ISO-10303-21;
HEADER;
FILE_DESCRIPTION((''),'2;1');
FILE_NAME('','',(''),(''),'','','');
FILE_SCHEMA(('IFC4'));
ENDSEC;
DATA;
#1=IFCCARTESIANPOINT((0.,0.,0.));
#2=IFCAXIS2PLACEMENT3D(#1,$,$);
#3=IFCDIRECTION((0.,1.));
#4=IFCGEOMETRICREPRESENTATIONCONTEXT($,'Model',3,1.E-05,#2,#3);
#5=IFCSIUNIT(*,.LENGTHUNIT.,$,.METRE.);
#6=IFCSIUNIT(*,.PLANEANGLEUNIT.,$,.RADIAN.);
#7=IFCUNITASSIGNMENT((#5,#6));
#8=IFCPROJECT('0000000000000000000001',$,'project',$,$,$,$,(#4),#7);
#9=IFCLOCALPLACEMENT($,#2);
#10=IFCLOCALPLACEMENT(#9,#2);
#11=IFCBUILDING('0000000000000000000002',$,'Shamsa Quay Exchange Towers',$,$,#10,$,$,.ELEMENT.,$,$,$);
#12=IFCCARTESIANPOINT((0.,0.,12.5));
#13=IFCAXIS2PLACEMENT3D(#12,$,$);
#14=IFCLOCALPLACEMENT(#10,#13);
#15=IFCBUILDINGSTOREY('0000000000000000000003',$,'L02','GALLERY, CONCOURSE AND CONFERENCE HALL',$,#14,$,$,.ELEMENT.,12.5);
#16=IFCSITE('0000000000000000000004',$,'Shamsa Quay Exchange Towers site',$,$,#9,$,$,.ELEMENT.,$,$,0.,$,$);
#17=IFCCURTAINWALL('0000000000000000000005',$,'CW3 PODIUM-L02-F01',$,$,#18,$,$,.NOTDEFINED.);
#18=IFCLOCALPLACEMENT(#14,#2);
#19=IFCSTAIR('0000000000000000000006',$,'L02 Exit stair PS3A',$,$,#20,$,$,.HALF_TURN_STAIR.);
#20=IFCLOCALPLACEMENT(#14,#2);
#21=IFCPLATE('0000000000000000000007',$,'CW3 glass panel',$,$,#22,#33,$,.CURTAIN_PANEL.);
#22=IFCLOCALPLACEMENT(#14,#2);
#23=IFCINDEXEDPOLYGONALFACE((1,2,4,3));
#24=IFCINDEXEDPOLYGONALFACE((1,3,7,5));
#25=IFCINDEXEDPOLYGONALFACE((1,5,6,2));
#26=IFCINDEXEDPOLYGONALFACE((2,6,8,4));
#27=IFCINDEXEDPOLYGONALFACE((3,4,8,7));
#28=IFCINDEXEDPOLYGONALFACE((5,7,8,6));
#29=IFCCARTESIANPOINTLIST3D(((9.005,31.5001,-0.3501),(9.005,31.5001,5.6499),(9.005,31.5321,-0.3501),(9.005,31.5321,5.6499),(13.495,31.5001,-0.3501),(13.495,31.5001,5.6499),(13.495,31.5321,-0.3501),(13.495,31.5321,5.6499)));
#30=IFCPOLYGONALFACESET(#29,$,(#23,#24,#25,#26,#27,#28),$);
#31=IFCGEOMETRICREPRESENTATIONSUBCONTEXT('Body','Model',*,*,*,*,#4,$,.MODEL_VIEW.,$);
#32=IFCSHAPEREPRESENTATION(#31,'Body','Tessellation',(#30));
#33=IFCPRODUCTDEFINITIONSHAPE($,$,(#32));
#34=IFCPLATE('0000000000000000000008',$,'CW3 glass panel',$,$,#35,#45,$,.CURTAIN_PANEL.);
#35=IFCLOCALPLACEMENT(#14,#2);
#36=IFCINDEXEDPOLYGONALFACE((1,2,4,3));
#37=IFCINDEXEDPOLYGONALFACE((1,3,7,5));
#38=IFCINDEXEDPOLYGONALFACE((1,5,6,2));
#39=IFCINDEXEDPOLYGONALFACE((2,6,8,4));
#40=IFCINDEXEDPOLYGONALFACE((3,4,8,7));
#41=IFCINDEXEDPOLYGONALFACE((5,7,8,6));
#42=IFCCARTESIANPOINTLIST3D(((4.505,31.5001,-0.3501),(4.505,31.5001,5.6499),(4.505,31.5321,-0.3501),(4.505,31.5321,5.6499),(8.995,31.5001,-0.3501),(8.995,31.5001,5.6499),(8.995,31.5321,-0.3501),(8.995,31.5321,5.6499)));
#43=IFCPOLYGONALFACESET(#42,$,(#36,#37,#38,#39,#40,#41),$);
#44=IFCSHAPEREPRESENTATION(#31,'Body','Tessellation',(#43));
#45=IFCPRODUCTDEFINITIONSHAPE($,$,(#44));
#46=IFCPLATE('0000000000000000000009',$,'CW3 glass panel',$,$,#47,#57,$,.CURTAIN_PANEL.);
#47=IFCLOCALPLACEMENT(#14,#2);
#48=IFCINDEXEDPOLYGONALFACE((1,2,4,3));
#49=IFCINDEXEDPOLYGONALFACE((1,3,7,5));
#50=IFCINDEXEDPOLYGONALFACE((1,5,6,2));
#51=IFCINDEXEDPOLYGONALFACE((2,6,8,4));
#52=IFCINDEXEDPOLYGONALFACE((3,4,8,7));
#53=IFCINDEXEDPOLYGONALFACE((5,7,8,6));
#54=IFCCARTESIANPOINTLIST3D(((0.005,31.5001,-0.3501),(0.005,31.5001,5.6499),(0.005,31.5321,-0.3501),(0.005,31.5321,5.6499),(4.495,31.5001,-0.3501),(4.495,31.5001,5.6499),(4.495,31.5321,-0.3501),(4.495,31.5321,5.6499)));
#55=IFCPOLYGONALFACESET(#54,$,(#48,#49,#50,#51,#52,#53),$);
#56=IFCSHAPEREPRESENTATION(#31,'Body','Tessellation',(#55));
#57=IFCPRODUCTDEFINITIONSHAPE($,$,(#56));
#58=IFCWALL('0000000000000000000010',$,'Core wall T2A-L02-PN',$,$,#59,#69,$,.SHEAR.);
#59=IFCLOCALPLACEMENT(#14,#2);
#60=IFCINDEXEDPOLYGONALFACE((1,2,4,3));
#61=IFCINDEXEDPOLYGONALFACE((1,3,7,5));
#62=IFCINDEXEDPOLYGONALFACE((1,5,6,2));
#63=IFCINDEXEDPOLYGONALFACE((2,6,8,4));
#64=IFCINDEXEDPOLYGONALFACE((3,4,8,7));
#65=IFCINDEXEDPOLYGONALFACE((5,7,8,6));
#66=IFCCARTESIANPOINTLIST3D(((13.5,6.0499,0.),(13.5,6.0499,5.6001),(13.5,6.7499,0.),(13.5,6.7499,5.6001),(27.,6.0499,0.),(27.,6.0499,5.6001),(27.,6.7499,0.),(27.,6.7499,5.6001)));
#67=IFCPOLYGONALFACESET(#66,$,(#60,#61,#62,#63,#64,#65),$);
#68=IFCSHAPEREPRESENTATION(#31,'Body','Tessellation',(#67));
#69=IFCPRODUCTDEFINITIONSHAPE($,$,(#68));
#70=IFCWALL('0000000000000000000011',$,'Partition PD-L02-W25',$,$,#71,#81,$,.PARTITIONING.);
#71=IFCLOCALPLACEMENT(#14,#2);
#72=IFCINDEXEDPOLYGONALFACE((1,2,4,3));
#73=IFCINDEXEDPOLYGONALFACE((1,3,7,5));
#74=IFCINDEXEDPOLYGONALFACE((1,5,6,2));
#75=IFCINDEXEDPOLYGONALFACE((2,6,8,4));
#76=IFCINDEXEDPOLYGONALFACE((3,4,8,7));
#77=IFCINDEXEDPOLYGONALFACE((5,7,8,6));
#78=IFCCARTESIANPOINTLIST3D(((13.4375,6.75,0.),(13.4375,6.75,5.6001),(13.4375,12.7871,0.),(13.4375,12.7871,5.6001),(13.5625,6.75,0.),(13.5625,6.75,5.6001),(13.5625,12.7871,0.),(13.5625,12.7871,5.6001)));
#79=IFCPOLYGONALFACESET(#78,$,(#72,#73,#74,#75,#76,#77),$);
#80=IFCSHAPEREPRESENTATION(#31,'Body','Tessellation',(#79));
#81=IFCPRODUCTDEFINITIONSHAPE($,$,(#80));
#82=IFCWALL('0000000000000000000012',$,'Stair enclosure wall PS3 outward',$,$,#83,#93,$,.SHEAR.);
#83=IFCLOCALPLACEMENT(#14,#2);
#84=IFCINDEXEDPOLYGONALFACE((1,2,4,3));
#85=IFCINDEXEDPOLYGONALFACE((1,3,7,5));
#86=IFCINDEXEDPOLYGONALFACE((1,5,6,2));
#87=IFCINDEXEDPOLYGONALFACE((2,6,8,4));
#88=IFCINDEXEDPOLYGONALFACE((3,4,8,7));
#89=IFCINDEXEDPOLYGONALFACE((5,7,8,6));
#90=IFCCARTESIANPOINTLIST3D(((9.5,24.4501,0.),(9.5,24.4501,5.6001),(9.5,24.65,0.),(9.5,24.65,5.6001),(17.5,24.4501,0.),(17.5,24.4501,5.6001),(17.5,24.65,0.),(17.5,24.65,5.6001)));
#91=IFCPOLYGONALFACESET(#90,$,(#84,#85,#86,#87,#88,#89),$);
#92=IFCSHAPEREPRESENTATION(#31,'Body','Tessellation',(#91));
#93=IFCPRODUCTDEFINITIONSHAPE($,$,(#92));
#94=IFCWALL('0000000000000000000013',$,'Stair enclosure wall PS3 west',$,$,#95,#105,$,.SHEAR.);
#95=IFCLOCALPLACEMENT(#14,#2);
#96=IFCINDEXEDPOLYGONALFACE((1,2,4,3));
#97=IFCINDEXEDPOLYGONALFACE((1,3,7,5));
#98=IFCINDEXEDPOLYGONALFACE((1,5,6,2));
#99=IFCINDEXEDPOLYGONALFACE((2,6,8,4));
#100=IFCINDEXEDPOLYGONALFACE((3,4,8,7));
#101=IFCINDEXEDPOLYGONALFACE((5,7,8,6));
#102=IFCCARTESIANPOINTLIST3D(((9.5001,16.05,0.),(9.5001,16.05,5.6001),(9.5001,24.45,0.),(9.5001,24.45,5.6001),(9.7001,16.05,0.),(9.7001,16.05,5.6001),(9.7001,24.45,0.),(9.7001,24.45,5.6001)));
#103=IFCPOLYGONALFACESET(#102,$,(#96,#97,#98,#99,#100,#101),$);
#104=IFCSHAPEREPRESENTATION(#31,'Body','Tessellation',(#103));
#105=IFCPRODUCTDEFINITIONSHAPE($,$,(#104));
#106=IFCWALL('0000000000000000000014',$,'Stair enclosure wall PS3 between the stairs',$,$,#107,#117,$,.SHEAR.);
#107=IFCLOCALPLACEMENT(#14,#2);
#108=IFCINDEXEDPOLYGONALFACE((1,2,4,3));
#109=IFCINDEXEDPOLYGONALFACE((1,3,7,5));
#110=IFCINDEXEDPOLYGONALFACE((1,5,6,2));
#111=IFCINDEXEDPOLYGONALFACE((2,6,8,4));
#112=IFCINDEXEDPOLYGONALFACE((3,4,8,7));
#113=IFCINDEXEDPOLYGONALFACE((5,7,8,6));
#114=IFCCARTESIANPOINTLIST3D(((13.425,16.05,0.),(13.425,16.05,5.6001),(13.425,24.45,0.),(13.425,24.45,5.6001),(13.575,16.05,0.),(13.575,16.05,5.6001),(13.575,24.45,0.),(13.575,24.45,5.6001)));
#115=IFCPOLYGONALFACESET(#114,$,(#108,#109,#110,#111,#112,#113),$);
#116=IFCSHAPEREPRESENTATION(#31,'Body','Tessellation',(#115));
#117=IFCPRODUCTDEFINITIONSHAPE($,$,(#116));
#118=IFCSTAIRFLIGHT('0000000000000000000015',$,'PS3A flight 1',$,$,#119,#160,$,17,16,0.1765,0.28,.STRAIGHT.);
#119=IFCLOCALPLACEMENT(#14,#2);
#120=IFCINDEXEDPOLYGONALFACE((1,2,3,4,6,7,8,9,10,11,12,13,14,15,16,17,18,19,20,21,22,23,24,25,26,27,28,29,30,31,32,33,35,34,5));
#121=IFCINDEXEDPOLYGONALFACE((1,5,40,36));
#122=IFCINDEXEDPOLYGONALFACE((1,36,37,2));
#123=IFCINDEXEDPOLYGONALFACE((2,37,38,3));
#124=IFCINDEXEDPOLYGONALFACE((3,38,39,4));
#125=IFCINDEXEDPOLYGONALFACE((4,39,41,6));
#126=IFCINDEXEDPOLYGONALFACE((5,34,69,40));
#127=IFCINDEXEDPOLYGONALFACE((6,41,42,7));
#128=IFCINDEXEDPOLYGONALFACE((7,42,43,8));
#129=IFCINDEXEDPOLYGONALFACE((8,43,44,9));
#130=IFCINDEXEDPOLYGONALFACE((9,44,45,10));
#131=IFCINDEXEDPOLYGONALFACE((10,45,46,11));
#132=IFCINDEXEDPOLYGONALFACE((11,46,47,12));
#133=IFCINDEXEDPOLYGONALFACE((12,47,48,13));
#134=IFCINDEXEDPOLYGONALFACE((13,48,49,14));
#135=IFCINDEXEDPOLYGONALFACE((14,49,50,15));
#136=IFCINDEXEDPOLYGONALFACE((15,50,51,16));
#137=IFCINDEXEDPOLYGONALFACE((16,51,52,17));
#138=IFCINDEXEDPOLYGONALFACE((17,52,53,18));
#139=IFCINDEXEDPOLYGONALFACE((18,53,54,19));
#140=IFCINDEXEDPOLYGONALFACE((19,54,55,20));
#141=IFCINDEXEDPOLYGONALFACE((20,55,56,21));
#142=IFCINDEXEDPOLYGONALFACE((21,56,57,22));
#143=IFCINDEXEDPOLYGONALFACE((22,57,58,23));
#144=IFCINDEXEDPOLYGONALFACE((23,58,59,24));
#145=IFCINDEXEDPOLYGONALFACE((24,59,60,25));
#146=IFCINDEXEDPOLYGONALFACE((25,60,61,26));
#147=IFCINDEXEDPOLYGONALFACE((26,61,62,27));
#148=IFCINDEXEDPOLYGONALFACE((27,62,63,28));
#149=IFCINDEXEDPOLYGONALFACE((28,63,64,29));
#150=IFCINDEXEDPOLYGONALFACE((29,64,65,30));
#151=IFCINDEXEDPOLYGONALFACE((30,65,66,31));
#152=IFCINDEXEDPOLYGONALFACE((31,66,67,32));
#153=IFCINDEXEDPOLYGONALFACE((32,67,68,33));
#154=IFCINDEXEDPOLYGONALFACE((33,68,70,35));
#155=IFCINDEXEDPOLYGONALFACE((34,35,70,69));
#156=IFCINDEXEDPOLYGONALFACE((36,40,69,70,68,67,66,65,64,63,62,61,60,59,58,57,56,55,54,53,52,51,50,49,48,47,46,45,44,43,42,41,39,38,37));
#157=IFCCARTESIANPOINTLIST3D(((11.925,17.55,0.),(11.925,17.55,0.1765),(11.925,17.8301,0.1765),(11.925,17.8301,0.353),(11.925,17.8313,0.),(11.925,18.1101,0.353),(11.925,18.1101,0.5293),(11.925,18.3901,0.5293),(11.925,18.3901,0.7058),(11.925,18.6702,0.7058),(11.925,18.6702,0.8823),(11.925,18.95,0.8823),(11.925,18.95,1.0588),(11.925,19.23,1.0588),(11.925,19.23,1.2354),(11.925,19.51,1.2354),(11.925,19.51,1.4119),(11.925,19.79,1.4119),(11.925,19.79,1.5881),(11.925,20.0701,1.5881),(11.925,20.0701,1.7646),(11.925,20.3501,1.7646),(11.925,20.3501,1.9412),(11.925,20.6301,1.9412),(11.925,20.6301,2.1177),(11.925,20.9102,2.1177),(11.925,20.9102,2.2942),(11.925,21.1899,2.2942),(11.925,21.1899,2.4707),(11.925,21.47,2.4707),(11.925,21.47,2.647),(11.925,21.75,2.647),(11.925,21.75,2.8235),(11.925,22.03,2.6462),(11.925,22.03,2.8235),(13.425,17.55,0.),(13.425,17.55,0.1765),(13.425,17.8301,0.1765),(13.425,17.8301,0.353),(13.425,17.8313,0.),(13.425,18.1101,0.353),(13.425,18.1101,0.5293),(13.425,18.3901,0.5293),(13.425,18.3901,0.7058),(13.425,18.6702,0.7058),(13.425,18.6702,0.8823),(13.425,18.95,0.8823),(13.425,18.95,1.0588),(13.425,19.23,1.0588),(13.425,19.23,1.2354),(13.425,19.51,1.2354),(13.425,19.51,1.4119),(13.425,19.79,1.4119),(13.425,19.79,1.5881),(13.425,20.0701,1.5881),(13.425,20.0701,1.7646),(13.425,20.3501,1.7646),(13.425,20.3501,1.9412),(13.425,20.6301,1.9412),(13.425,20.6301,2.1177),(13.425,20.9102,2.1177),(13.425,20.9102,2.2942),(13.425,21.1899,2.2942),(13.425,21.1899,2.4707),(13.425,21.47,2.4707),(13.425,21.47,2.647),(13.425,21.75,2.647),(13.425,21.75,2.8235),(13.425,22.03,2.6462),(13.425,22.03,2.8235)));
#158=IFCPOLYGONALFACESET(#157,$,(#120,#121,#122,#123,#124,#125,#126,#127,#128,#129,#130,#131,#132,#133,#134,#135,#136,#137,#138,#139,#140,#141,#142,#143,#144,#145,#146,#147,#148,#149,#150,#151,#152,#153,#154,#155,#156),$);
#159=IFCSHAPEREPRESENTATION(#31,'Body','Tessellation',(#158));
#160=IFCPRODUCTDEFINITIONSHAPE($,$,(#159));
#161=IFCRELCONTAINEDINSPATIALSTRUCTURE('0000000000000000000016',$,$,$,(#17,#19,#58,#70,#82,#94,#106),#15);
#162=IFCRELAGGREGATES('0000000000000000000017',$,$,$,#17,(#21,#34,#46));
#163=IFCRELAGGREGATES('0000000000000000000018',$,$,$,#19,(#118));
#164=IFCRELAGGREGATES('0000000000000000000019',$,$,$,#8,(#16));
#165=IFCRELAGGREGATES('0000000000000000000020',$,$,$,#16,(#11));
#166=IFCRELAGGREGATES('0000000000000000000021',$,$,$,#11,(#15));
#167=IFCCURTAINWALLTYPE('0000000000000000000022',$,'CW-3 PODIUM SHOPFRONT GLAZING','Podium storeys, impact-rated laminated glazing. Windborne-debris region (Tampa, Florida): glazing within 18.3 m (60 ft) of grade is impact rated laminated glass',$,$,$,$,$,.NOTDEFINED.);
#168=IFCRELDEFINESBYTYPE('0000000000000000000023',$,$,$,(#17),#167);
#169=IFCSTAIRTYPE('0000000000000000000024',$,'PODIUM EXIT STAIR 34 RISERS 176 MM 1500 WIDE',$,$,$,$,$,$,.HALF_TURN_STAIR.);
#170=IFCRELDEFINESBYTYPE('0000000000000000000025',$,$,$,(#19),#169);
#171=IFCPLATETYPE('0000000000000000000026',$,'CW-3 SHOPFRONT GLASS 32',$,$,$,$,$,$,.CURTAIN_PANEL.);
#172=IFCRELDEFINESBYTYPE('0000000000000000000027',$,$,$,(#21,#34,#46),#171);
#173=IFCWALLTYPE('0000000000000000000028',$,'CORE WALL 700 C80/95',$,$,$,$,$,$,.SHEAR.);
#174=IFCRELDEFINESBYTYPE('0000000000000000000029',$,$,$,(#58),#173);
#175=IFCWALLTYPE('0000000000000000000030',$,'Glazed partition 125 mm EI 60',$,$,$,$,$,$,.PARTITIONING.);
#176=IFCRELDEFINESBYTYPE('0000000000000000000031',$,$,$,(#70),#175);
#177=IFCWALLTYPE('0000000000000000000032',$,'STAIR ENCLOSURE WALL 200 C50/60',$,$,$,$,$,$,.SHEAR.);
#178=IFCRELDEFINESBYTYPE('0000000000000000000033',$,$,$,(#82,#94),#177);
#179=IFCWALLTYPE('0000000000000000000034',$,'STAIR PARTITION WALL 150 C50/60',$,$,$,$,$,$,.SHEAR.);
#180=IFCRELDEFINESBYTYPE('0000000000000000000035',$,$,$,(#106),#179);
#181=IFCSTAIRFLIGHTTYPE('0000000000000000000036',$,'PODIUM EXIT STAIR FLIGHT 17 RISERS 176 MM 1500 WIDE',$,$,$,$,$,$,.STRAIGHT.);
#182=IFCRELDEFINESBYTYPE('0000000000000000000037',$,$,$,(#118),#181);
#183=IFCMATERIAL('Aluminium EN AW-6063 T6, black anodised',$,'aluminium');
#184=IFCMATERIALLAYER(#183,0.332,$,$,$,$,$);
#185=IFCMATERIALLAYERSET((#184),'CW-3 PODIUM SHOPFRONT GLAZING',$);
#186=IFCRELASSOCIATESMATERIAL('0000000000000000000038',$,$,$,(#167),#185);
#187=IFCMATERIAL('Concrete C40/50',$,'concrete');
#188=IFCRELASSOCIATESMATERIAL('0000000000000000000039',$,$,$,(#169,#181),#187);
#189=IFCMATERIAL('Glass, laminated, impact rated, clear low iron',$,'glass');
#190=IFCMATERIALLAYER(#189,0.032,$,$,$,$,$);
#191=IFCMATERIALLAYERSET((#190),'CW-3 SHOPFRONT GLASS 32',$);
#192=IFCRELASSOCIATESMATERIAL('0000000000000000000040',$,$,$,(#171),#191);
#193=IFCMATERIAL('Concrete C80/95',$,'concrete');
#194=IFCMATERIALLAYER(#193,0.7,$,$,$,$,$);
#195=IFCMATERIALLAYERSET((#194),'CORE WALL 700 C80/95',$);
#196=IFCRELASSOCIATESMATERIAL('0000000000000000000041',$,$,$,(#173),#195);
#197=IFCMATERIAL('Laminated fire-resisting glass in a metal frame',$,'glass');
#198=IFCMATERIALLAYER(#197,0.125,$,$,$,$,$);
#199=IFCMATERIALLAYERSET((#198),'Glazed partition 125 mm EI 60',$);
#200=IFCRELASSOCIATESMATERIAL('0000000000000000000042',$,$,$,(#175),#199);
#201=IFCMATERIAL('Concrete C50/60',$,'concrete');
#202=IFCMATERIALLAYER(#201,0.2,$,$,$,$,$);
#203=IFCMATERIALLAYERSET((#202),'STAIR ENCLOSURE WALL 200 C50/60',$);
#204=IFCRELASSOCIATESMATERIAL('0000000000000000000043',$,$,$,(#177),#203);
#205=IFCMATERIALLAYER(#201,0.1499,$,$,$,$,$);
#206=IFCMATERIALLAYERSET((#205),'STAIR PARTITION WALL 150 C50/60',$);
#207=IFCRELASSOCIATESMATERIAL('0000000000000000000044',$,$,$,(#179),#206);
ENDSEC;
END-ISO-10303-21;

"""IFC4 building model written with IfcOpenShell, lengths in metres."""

from ifc_helpers import new_model, si_unit, direction, frame, frame_2d, origin, origin_2d, place, context, subcontext, project, spatial, polyline, rectangle, outline, extrude, material, layer, layer_set, type_object, element, aggregate, save


model = new_model("IFC4")

# Units and contexts
model_context = context("Model", 3, precision=1e-05, world=origin(), true_north=direction((0.0, 1.0)))
body_context = subcontext(model_context, "Body", "Model", "MODEL_VIEW")
ifc_project = project(units=[si_unit("LENGTHUNIT", "METRE"), si_unit("PLANEANGLEUNIT", "RADIAN")], contexts=[model_context])

# Site, building, storey
site_placement = place(None, origin())
site = spatial("IfcSite", under=ifc_project, at=site_placement, Name="Shamsa Quay Exchange Towers site", CompositionType="ELEMENT", RefElevation=0.0)
building_placement = place(site_placement, origin())
building = spatial("IfcBuilding", under=site, at=building_placement, Name="Shamsa Quay Exchange Towers", CompositionType="ELEMENT")
storey_placement = place(building_placement, frame((0.0, 0.0, 12.5)))
storey = spatial("IfcBuildingStorey", under=building, at=storey_placement, Name="L02", Description="GALLERY, CONCOURSE AND CONFERENCE HALL", CompositionType="ELEMENT", Elevation=12.5)

# Curtain wall
ifc_material_1 = material(Name="Aluminium EN AW-6063 T6, black anodised", Category="aluminium")
ifc_layer_1 = layer(ifc_material_1, 0.332)
ifc_layer_set_1 = layer_set([ifc_layer_1], Name="CW-3 PODIUM SHOPFRONT GLAZING")
curtain_wall_type = type_object("IfcCurtainWallType", Name="CW-3 PODIUM SHOPFRONT GLAZING", Description="Podium storeys, impact-rated laminated glazing. Windborne-debris region (Tampa, Florida): glazing within 18.3 m (60 ft) of grade is impact rated laminated glass", PredefinedType="NOTDEFINED", material=ifc_layer_set_1)
curtain_wall_placement = place(storey_placement, origin())
curtain_wall = element("IfcCurtainWall", 1, at=curtain_wall_placement, inside=storey, type_object=curtain_wall_type, Name="CW3 PODIUM-L02-F01", PredefinedType="NOTDEFINED")

# Shared definitions
ifc_material_2 = material(Name="Concrete C50/60", Category="concrete")

# Stair
ifc_material_3 = material(Name="Concrete C40/50", Category="concrete")
stair_type = type_object("IfcStairType", Name="PODIUM EXIT STAIR 34 RISERS 176 MM 1500 WIDE", PredefinedType="HALF_TURN_STAIR", material=ifc_material_3)
stair_1_placement = place(storey_placement, origin())
stair_1 = element("IfcStair", 2, at=stair_1_placement, inside=storey, type_object=stair_type, Name="L02 Exit stair PS3A", PredefinedType="HALF_TURN_STAIR")

# Plates
ifc_material_4 = material(Name="Glass, laminated, impact rated, clear low iron", Category="glass")
ifc_layer_2 = layer(ifc_material_4, 0.032)
ifc_layer_set_2 = layer_set([ifc_layer_2], Name="CW-3 SHOPFRONT GLASS 32")
plate_type = type_object("IfcPlateType", Name="CW-3 SHOPFRONT GLASS 32", PredefinedType="CURTAIN_PANEL", material=ifc_layer_set_2)
plate_1_placement = place(storey_placement, frame((11.25, 31.5161, -0.3501), z_axis=(0.0, 0.0, 1.0), x_axis=(-1.0, 0.0, 0.0)))
plate_1 = element("IfcPlate", 3, at=plate_1_placement, type_object=plate_type, Name="CW3 glass panel", PredefinedType="CURTAIN_PANEL", context=body_context, shape_type="SweptSolid", body=[
    extrude(rectangle(XDim=4.49, YDim=0.032, at=origin_2d()), origin(), (0.0, 0.0, 1.0), 6.0),
])
plate_2_placement = place(storey_placement, frame((6.75, 31.5161, -0.3501), z_axis=(0.0, 0.0, 1.0), x_axis=(-1.0, 0.0, 0.0)))
plate_2 = element("IfcPlate", 4, at=plate_2_placement, type_object=plate_type, Name="CW3 glass panel", PredefinedType="CURTAIN_PANEL", context=body_context, shape_type="SweptSolid", body=[
    extrude(rectangle(XDim=4.49, YDim=0.032, at=origin_2d()), origin(), (0.0, 0.0, 1.0), 6.0),
])
plate_3_placement = place(storey_placement, frame((2.25, 31.5161, -0.3501), z_axis=(0.0, 0.0, 1.0), x_axis=(-1.0, 0.0, 0.0)))
plate_3 = element("IfcPlate", 5, at=plate_3_placement, type_object=plate_type, Name="CW3 glass panel", PredefinedType="CURTAIN_PANEL", context=body_context, shape_type="SweptSolid", body=[
    extrude(rectangle(XDim=4.49, YDim=0.032, at=origin_2d()), origin(), (0.0, 0.0, 1.0), 6.0),
])
aggregate(curtain_wall, [plate_1, plate_2, plate_3])

# Walls
ifc_material_5 = material(Name="Concrete C80/95", Category="concrete")
ifc_layer_3 = layer(ifc_material_5, 0.7)
ifc_layer_set_3 = layer_set([ifc_layer_3], Name="CORE WALL 700 C80/95")
wall_type_1 = type_object("IfcWallType", Name="CORE WALL 700 C80/95", PredefinedType="SHEAR", material=ifc_layer_set_3)
wall_1_placement = place(storey_placement, frame((13.5, 6.3999, 0.0)))
element("IfcWall", 6, at=wall_1_placement, inside=storey, type_object=wall_type_1, Name="Core wall T2A-L02-PN", PredefinedType="SHEAR", context=body_context, shape_type="SweptSolid", body=[
    extrude(rectangle(XDim=13.5, YDim=0.7, at=frame_2d((6.75, 0.0))), origin(), (0.0, 0.0, 1.0), 5.6001),
])
ifc_material_6 = material(Name="Laminated fire-resisting glass in a metal frame", Category="glass")
ifc_layer_4 = layer(ifc_material_6, 0.125)
ifc_layer_set_4 = layer_set([ifc_layer_4], Name="Glazed partition 125 mm EI 60")
wall_type_2 = type_object("IfcWallType", Name="Glazed partition 125 mm EI 60", PredefinedType="PARTITIONING", material=ifc_layer_set_4)
wall_2_placement = place(storey_placement, frame((13.5, 12.7871, 0.0), z_axis=(0.0, 0.0, 1.0), x_axis=(0.0, -1.0, 0.0)))
element("IfcWall", 7, at=wall_2_placement, inside=storey, type_object=wall_type_2, Name="Partition PD-L02-W25", PredefinedType="PARTITIONING", context=body_context, shape_type="SweptSolid", body=[
    extrude(rectangle(XDim=6.0371, YDim=0.125, at=frame_2d((3.0186, 0.0))), origin(), (0.0, 0.0, 1.0), 5.6001),
])

# Shared definitions
ifc_layer_5 = layer(ifc_material_2, 0.2)
ifc_layer_set_5 = layer_set([ifc_layer_5], Name="STAIR ENCLOSURE WALL 200 C50/60")
wall_type_3 = type_object("IfcWallType", Name="STAIR ENCLOSURE WALL 200 C50/60", PredefinedType="SHEAR", material=ifc_layer_set_5)

# Walls
wall_3_placement = place(storey_placement, frame((9.5, 24.55, 0.0)))
element("IfcWall", 8, at=wall_3_placement, inside=storey, type_object=wall_type_3, Name="Stair enclosure wall PS3 outward", PredefinedType="SHEAR", context=body_context, shape_type="SweptSolid", body=[
    extrude(rectangle(XDim=8.0, YDim=0.2, at=frame_2d((4.0, 0.0))), origin(), (0.0, 0.0, 1.0), 5.6001),
])
wall_4_placement = place(storey_placement, frame((9.6001, 16.05, 0.0), z_axis=(0.0, 0.0, 1.0), x_axis=(0.0, 1.0, 0.0)))
element("IfcWall", 9, at=wall_4_placement, inside=storey, type_object=wall_type_3, Name="Stair enclosure wall PS3 west", PredefinedType="SHEAR", context=body_context, shape_type="SweptSolid", body=[
    extrude(rectangle(XDim=8.3999, YDim=0.2, at=frame_2d((4.2, 0.0))), origin(), (0.0, 0.0, 1.0), 5.6001),
])
ifc_layer_6 = layer(ifc_material_2, 0.1499)
ifc_layer_set_6 = layer_set([ifc_layer_6], Name="STAIR PARTITION WALL 150 C50/60")
wall_type_4 = type_object("IfcWallType", Name="STAIR PARTITION WALL 150 C50/60", PredefinedType="SHEAR", material=ifc_layer_set_6)
wall_5_placement = place(storey_placement, frame((13.5, 16.05, 0.0), z_axis=(0.0, 0.0, 1.0), x_axis=(0.0, 1.0, 0.0)))
element("IfcWall", 10, at=wall_5_placement, inside=storey, type_object=wall_type_4, Name="Stair enclosure wall PS3 between the stairs", PredefinedType="SHEAR", context=body_context, shape_type="SweptSolid", body=[
    extrude(rectangle(XDim=8.3999, YDim=0.1499, at=frame_2d((4.2, 0.0))), origin(), (0.0, 0.0, 1.0), 5.6001),
])

# Stair flight
stair_flight_type = type_object("IfcStairFlightType", Name="PODIUM EXIT STAIR FLIGHT 17 RISERS 176 MM 1500 WIDE", PredefinedType="STRAIGHT", material=ifc_material_3)
stair_flight_1_placement = place(storey_placement, frame((12.675, 17.55, 0.0), z_axis=(0.0, 0.0, 1.0), x_axis=(0.0, 1.0, 0.0)))
stair_flight_1 = element("IfcStairFlight", 11, at=stair_flight_1_placement, type_object=stair_flight_type, Name="PS3A flight 1", NumberOfRisers=17, NumberOfTreads=16, PredefinedType="STRAIGHT", RiserHeight=0.1765, TreadLength=0.28, context=body_context, shape_type="SweptSolid", body=[
    extrude(outline(polyline([(0.0, 0.0), (0.0, 0.1765), (0.28, 0.1765), (0.28, 0.353), (0.5601, 0.353), (0.5601, 0.5293), (0.8401, 0.5293), (0.8401, 0.7058), (1.1201, 0.7058), (1.1201, 0.8823), (1.3999, 0.8823), (1.3999, 1.0588), (1.6799, 1.0588), (1.6799, 1.2354), (1.96, 1.2354), (1.96, 1.4119), (2.24, 1.4119), (2.24, 1.5881), (2.52, 1.5881), (2.52, 1.7646), (2.8, 1.7646), (2.8, 1.9412), (3.0801, 1.9412), (3.0801, 2.1177), (3.3601, 2.1177), (3.3601, 2.2942), (3.6399, 2.2942), (3.6399, 2.4707), (3.9199, 2.4707), (3.9199, 2.647), (4.2, 2.647), (4.2, 2.8235), (4.48, 2.8235), (4.48, 3.0), (4.48, 2.6462), (0.2812, 0.0), (0.0, 0.0)])), frame((0.0, 0.75, 0.0), z_axis=(0.0, -1.0, 0.0), x_axis=(1.0, 0.0, 0.0)), (0.0, 0.0, 1.0), 1.5),
])
aggregate(stair_1, [stair_flight_1])

save(model, "model.ifc")
